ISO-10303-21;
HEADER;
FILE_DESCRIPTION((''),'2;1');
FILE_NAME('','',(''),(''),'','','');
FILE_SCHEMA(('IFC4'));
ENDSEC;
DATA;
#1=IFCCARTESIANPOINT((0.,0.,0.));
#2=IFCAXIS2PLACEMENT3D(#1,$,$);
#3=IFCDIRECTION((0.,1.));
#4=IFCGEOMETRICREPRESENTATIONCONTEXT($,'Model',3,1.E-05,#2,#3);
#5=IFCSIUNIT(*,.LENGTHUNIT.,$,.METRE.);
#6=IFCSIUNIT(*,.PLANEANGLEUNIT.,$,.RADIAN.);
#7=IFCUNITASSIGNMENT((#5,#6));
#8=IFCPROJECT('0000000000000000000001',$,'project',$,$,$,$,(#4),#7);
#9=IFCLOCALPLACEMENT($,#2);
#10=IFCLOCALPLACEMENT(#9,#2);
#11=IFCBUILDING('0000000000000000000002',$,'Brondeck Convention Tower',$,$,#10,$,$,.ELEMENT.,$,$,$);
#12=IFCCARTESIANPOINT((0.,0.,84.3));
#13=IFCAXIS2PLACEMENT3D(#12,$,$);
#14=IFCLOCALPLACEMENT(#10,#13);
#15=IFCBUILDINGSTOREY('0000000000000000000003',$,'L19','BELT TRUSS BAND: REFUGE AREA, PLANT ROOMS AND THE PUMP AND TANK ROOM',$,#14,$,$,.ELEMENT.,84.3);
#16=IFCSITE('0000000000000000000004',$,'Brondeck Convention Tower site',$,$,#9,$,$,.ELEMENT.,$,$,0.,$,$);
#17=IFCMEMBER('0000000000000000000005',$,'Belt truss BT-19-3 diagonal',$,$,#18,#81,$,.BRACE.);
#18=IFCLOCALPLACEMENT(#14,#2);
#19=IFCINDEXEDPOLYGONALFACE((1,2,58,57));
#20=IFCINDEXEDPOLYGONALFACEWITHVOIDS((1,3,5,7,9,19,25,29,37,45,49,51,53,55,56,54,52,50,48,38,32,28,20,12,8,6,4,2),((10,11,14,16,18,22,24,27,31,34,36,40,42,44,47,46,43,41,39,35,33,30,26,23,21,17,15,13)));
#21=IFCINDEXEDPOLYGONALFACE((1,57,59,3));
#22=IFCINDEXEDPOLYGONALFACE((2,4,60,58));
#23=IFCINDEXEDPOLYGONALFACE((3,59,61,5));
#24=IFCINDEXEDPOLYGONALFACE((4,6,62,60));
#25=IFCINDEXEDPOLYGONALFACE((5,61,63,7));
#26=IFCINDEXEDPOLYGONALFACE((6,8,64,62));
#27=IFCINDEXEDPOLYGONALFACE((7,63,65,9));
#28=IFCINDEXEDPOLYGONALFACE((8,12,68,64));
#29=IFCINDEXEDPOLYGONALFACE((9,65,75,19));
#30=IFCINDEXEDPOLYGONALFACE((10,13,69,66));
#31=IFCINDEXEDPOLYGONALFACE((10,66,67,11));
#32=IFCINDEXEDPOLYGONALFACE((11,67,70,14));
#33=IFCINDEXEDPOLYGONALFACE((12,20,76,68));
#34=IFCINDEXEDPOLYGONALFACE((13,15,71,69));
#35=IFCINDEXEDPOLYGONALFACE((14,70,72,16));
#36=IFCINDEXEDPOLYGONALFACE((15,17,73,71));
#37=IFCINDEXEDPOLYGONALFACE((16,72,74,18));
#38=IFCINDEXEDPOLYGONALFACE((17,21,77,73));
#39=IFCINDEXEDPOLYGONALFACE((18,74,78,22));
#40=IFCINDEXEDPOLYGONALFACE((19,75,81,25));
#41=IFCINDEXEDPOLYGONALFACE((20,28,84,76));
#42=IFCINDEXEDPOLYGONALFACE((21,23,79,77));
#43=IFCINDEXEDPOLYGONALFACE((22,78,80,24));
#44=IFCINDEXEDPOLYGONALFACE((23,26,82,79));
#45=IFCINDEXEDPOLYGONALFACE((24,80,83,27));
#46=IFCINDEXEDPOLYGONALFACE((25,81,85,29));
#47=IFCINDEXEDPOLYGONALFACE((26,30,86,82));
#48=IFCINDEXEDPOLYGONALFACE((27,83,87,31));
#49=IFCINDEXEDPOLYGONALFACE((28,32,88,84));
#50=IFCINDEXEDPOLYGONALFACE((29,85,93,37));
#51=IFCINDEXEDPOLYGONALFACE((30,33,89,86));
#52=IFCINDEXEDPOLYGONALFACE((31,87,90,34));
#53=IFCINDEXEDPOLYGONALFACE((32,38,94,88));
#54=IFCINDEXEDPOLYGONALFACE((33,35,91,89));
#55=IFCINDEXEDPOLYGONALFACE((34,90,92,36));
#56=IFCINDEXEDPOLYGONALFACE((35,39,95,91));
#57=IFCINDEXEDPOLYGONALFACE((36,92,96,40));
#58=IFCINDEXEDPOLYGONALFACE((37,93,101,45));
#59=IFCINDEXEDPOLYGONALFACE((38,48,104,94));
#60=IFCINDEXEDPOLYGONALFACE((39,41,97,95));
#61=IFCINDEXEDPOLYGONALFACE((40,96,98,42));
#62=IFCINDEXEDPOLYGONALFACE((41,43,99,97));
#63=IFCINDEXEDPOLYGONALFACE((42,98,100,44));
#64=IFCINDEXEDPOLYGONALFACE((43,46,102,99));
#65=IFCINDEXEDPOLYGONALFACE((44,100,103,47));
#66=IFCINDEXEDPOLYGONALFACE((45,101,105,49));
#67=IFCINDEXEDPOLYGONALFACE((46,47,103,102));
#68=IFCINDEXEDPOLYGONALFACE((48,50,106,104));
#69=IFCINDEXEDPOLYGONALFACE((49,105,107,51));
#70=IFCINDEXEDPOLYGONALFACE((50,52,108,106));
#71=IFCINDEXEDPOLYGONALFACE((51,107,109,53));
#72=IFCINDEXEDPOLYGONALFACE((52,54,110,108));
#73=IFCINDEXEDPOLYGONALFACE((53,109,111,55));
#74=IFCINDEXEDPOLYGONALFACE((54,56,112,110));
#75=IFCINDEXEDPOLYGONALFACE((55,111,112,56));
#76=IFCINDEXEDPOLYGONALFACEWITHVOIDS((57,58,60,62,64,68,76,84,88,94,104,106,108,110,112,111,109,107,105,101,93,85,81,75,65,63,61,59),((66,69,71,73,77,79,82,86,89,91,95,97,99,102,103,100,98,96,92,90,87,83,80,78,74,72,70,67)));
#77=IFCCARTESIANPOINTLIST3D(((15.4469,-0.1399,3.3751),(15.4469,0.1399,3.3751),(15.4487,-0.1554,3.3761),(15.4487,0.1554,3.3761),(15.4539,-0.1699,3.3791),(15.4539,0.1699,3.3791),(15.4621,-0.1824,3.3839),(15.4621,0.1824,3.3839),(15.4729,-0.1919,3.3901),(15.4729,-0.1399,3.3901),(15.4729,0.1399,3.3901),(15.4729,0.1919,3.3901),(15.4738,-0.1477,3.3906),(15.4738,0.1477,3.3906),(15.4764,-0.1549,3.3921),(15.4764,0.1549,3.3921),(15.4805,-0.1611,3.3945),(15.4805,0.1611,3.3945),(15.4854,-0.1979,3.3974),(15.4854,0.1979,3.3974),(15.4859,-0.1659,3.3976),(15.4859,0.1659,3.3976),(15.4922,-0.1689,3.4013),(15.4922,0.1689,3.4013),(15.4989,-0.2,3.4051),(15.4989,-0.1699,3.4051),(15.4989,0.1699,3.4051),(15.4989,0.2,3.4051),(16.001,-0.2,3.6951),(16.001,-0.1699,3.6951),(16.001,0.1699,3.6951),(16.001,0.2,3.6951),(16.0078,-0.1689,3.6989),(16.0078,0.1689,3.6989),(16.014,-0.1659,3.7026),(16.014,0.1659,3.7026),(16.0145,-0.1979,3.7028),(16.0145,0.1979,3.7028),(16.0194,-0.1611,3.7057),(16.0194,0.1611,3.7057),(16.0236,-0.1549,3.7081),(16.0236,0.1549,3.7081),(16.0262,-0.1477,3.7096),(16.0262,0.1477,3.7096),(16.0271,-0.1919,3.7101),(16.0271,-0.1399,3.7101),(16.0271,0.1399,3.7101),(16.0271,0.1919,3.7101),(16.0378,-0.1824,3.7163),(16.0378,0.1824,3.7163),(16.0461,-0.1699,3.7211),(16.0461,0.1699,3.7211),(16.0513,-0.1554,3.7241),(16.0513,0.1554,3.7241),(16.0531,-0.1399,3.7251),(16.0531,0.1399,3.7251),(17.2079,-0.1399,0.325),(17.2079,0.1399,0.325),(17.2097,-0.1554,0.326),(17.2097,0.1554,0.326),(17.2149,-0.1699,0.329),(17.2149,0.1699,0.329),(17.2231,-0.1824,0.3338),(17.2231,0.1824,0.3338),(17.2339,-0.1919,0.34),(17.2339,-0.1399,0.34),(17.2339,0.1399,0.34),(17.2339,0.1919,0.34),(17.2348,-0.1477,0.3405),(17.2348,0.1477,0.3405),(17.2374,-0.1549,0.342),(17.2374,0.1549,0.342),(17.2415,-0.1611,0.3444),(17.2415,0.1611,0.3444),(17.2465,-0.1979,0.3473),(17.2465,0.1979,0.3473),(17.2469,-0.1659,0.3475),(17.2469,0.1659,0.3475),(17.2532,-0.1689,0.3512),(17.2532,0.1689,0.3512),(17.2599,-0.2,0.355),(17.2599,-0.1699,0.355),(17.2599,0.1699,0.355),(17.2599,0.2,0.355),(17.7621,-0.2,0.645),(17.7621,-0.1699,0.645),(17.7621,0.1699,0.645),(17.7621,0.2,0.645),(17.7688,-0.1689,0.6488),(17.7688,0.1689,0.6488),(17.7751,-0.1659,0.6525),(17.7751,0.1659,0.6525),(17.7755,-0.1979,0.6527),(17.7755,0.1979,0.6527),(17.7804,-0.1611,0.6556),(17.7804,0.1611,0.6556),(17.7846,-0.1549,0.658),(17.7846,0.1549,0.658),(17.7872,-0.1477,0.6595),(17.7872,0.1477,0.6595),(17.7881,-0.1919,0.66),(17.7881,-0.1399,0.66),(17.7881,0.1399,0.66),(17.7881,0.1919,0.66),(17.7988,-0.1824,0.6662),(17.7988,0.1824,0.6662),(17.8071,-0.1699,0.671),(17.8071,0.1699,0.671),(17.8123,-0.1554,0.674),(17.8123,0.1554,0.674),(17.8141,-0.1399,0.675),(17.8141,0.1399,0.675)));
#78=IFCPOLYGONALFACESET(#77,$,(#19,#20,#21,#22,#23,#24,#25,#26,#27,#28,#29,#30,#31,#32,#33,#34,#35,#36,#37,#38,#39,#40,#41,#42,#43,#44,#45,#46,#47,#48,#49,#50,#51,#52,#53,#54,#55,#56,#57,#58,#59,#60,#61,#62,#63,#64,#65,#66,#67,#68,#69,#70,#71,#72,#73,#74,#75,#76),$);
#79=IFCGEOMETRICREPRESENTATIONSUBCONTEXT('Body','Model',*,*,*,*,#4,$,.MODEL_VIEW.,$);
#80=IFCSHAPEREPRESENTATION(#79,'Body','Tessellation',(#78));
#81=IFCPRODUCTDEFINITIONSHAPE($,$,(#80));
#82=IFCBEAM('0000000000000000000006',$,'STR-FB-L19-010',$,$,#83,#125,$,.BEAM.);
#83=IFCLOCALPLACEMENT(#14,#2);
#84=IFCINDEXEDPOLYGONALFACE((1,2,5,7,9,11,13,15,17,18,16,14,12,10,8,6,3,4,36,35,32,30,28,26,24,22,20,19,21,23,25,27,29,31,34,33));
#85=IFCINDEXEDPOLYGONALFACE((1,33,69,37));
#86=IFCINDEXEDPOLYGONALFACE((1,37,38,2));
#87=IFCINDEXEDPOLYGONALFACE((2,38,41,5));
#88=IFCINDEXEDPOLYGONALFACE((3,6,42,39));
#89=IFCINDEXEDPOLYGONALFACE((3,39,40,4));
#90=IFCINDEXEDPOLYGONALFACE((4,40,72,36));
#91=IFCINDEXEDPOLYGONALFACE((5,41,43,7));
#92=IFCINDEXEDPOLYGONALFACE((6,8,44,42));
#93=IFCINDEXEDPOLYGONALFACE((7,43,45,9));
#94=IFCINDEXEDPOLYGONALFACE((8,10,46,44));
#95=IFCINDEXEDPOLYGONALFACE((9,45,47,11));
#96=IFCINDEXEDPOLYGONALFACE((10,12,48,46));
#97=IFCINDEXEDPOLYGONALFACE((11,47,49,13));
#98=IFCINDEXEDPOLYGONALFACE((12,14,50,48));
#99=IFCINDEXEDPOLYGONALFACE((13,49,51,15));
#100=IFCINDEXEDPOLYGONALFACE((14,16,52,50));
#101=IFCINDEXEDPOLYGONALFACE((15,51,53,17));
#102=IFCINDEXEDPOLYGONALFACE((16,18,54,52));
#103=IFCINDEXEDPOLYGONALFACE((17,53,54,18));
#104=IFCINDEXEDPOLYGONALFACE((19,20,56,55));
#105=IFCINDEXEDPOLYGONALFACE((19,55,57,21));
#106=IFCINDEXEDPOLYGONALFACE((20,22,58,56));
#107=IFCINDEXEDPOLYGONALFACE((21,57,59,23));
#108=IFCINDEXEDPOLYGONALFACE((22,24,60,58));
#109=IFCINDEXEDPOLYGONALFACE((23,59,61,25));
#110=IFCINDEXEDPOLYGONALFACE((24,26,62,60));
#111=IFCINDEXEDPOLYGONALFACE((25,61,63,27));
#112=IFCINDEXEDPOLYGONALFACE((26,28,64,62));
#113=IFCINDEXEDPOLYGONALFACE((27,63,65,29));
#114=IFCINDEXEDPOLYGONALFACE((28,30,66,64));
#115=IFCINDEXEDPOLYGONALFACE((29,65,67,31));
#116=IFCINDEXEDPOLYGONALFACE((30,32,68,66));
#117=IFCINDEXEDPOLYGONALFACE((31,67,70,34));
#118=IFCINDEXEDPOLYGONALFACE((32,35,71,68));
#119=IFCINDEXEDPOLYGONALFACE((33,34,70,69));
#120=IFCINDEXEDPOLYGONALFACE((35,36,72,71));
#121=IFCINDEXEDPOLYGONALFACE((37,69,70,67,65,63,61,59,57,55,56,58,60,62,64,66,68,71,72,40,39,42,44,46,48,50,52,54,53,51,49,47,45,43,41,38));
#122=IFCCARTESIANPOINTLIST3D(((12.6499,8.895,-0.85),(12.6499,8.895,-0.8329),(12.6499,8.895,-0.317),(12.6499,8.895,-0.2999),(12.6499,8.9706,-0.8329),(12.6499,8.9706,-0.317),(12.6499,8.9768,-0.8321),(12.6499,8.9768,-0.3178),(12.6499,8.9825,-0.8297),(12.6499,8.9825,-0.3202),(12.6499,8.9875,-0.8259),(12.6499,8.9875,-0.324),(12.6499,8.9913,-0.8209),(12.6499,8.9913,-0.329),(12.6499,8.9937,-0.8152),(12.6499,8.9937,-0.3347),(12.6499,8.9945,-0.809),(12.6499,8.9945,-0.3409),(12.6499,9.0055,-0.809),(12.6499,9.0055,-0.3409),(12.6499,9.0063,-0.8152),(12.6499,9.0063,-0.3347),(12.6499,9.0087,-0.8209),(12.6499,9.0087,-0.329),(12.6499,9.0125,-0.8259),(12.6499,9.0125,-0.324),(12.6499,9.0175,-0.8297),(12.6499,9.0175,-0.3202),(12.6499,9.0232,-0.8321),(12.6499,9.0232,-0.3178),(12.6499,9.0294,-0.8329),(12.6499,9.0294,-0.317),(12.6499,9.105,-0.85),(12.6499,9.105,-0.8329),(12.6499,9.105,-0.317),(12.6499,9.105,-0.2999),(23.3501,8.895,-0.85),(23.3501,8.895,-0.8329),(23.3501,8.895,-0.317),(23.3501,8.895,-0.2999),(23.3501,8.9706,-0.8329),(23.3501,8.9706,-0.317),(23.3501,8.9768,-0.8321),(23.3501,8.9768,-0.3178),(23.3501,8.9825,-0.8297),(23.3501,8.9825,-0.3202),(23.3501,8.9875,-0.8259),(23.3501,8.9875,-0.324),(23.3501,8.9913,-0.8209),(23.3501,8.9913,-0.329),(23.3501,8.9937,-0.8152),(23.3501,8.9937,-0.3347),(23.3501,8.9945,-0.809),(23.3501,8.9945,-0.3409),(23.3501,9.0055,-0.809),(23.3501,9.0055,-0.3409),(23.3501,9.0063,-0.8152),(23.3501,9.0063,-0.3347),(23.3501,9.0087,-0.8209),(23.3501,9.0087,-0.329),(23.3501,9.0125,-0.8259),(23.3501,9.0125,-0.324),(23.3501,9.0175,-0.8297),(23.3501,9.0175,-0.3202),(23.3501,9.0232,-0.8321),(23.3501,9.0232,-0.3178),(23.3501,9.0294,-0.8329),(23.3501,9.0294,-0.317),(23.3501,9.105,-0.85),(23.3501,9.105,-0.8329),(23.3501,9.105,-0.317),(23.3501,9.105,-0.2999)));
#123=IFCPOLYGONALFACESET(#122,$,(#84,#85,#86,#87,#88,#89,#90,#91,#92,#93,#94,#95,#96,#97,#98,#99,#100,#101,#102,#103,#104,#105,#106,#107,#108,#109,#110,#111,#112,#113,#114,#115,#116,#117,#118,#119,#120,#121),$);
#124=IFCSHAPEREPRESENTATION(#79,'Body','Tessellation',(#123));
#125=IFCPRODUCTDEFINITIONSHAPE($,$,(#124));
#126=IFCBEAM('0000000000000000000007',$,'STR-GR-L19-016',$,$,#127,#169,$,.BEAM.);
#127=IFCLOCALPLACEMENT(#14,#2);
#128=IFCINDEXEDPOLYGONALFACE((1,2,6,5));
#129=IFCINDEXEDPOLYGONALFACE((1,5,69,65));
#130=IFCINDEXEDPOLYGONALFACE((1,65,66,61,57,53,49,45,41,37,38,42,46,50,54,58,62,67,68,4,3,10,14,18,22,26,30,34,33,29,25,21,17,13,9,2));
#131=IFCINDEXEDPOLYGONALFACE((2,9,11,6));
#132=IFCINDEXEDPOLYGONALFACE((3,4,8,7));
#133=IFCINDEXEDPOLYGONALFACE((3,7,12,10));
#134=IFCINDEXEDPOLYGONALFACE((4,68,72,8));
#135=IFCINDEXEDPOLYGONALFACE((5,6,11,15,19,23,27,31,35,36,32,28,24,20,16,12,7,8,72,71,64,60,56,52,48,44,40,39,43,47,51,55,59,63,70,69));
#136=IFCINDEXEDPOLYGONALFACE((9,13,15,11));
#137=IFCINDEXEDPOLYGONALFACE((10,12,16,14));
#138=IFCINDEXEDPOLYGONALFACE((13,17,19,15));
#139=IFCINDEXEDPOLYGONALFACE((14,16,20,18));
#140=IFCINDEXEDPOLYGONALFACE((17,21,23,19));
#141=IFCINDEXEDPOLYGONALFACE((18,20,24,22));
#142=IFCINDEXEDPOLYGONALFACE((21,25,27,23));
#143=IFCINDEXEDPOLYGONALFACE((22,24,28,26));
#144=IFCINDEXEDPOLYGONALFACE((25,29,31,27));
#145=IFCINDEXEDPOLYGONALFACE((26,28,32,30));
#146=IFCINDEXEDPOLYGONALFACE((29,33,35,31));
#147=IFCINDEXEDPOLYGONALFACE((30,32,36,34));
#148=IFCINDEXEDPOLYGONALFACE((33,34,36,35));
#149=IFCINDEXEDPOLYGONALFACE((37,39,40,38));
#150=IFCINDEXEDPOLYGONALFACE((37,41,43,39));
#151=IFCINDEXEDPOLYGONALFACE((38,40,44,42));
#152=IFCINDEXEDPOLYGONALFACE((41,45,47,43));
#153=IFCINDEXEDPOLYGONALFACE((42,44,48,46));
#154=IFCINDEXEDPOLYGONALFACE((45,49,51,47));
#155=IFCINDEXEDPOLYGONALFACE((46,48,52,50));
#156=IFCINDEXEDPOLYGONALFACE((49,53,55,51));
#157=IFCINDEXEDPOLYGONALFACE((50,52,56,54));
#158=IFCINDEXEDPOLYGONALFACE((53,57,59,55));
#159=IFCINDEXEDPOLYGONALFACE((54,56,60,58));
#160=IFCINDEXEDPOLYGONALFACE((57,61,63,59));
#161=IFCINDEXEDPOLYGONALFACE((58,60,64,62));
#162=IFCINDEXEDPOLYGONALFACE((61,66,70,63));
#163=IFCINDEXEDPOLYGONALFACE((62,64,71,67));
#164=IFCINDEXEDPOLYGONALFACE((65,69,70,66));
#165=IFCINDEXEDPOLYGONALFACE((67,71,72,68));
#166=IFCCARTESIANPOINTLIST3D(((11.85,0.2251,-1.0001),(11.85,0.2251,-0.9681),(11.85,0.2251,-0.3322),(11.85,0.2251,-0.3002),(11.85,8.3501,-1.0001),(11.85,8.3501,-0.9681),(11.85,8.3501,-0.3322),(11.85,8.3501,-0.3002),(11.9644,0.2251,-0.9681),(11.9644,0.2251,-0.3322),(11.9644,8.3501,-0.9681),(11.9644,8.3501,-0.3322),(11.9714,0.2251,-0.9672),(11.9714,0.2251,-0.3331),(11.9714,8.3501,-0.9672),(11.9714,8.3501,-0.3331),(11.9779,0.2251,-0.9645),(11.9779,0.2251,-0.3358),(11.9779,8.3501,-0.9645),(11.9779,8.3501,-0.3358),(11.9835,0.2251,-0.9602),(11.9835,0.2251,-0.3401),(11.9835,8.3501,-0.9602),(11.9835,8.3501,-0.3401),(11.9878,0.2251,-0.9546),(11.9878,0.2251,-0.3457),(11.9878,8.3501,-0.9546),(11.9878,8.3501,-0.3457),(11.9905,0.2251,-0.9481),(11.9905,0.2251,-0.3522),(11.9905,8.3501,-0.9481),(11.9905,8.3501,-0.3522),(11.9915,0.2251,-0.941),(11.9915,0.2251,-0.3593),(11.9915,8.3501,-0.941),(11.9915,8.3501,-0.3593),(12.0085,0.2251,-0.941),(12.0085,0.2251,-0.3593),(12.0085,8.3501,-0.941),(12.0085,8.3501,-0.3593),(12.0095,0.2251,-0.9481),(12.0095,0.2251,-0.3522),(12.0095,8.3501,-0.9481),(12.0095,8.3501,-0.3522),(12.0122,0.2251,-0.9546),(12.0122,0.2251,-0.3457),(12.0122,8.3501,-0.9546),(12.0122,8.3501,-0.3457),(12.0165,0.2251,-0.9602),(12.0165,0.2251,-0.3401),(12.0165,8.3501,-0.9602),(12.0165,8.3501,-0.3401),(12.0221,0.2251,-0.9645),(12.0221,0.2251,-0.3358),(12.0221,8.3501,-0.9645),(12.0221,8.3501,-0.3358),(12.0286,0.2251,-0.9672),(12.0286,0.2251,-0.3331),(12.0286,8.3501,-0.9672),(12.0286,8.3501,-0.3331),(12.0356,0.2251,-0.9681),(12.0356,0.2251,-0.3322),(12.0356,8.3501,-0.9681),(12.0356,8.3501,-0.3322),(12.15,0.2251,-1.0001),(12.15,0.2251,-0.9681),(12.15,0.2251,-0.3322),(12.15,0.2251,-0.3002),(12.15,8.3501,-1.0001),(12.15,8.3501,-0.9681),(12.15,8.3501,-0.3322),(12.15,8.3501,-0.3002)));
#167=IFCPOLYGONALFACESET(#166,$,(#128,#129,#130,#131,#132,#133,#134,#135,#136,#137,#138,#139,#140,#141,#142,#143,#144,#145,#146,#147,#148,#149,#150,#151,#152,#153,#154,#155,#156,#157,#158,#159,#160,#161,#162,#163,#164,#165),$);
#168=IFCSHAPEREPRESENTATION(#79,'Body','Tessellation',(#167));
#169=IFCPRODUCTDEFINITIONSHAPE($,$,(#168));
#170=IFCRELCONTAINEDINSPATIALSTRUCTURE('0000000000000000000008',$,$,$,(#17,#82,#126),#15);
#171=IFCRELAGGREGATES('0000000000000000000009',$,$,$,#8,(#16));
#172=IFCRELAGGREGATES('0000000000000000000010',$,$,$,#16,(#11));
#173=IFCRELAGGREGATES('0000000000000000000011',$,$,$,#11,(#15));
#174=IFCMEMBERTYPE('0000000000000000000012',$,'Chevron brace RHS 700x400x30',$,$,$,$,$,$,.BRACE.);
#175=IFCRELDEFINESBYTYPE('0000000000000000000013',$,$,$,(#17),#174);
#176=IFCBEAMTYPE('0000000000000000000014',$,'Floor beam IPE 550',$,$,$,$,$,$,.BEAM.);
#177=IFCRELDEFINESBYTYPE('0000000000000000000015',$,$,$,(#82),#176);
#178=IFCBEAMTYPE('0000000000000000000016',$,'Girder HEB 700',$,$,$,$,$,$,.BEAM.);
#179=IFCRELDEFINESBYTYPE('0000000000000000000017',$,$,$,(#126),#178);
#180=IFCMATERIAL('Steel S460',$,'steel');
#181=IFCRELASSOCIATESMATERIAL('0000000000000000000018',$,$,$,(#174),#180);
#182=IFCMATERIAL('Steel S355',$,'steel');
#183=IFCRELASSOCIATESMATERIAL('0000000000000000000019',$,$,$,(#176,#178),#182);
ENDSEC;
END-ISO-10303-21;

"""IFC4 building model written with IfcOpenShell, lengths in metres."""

from ifc_helpers import new_model, si_unit, direction, frame, origin, origin_2d, place, context, subcontext, project, spatial, hollow_rectangle, i_section, extrude, material, material_profile, profile_set, type_object, element, save


model = new_model("IFC4")

# Units and contexts
model_context = context("Model", 3, precision=1e-05, world=origin(), true_north=direction((0.0, 1.0)))
body_context = subcontext(model_context, "Body", "Model", "MODEL_VIEW")
ifc_project = project(units=[si_unit("LENGTHUNIT", "METRE"), si_unit("PLANEANGLEUNIT", "RADIAN")], contexts=[model_context])

# Site, building, storey
site_placement = place(None, origin())
site = spatial("IfcSite", under=ifc_project, at=site_placement, Name="Brondeck Convention Tower site", CompositionType="ELEMENT", RefElevation=0.0)
building_placement = place(site_placement, origin())
building = spatial("IfcBuilding", under=site, at=building_placement, Name="Brondeck Convention Tower", CompositionType="ELEMENT")
storey_placement = place(building_placement, frame((0.0, 0.0, 84.3)))
storey = spatial("IfcBuildingStorey", under=building, at=storey_placement, Name="L19", Description="BELT TRUSS BAND: REFUGE AREA, PLANT ROOMS AND THE PUMP AND TANK ROOM", CompositionType="ELEMENT", Elevation=84.3)

# Member
ifc_material_1 = material(Name="Steel S460", Category="steel")
ifc_material_profile_1 = material_profile(ifc_material_1, hollow_rectangle(XDim=0.3999, YDim=0.7, WallThickness=0.03, InnerFilletRadius=0.03, OuterFilletRadius=0.0601, at=origin_2d()), Name="RHS 700x400x30")
ifc_profile_set_1 = profile_set([ifc_material_profile_1], Name="Steel S460")
member_type_1 = type_object("IfcMemberType", Name="Chevron brace RHS 700x400x30", PredefinedType="BRACE", material=ifc_profile_set_1)
for number, where, z_axis, x_axis, name in (
    (1, (17.511, 0.0, 0.5), (-0.500008, 0.0, 0.866021), (0.0, -1.0, 0.0), "Belt truss BT-19-3 diagonal"),
):
    element("IfcMember", number, at=place(storey_placement, frame(where, z_axis=z_axis, x_axis=x_axis)), inside=storey, type_object=member_type_1, Name=name, PredefinedType="BRACE", context=body_context, shape_type="SweptSolid", body=[
        extrude(hollow_rectangle(XDim=0.3999, YDim=0.7, WallThickness=0.03, InnerFilletRadius=0.03, OuterFilletRadius=0.0601, at=origin_2d()), origin(), (0.0, 0.0, 1.0), 3.522),
    ])

# Beams
ifc_material_2 = material(Name="Steel S355", Category="steel")
ifc_material_profile_2 = material_profile(ifc_material_2, i_section(OverallWidth=0.21, OverallDepth=0.55, WebThickness=0.011, FlangeThickness=0.0171, FilletRadius=0.0239, at=origin_2d()), Name="IPE 550")
ifc_profile_set_2 = profile_set([ifc_material_profile_2], Name="Steel S355")
beam_type_1 = type_object("IfcBeamType", Name="Floor beam IPE 550", PredefinedType="BEAM", material=ifc_profile_set_2)
beam_1_placement = place(storey_placement, frame((12.6499, 9.0, -0.575), z_axis=(1.0, 0.0, 0.0), x_axis=(0.0, 1.0, 0.0)))
element("IfcBeam", 2, at=beam_1_placement, inside=storey, type_object=beam_type_1, Name="STR-FB-L19-010", PredefinedType="BEAM", context=body_context, shape_type="SweptSolid", body=[
    extrude(i_section(OverallWidth=0.21, OverallDepth=0.55, WebThickness=0.011, FlangeThickness=0.0171, FilletRadius=0.0239, at=origin_2d()), origin(), (0.0, 0.0, 1.0), 10.7002),
])
ifc_material_profile_3 = material_profile(ifc_material_2, i_section(OverallWidth=0.3, OverallDepth=0.7, WebThickness=0.0171, FlangeThickness=0.032, FilletRadius=0.0271, at=origin_2d()), Name="HEB 700")
ifc_profile_set_3 = profile_set([ifc_material_profile_3], Name="Steel S355")
beam_type_2 = type_object("IfcBeamType", Name="Girder HEB 700", PredefinedType="BEAM", material=ifc_profile_set_3)
beam_2_placement = place(storey_placement, frame((12.0, 8.3501, -0.6501), z_axis=(0.0, -1.0, 0.0), x_axis=(1.0, 0.0, 0.0)))
element("IfcBeam", 3, at=beam_2_placement, inside=storey, type_object=beam_type_2, Name="STR-GR-L19-016", PredefinedType="BEAM", context=body_context, shape_type="SweptSolid", body=[
    extrude(i_section(OverallWidth=0.3, OverallDepth=0.7, WebThickness=0.0171, FlangeThickness=0.032, FilletRadius=0.0271, at=origin_2d()), origin(), (0.0, 0.0, 1.0), 8.125),
])

save(model, "model.ifc")
